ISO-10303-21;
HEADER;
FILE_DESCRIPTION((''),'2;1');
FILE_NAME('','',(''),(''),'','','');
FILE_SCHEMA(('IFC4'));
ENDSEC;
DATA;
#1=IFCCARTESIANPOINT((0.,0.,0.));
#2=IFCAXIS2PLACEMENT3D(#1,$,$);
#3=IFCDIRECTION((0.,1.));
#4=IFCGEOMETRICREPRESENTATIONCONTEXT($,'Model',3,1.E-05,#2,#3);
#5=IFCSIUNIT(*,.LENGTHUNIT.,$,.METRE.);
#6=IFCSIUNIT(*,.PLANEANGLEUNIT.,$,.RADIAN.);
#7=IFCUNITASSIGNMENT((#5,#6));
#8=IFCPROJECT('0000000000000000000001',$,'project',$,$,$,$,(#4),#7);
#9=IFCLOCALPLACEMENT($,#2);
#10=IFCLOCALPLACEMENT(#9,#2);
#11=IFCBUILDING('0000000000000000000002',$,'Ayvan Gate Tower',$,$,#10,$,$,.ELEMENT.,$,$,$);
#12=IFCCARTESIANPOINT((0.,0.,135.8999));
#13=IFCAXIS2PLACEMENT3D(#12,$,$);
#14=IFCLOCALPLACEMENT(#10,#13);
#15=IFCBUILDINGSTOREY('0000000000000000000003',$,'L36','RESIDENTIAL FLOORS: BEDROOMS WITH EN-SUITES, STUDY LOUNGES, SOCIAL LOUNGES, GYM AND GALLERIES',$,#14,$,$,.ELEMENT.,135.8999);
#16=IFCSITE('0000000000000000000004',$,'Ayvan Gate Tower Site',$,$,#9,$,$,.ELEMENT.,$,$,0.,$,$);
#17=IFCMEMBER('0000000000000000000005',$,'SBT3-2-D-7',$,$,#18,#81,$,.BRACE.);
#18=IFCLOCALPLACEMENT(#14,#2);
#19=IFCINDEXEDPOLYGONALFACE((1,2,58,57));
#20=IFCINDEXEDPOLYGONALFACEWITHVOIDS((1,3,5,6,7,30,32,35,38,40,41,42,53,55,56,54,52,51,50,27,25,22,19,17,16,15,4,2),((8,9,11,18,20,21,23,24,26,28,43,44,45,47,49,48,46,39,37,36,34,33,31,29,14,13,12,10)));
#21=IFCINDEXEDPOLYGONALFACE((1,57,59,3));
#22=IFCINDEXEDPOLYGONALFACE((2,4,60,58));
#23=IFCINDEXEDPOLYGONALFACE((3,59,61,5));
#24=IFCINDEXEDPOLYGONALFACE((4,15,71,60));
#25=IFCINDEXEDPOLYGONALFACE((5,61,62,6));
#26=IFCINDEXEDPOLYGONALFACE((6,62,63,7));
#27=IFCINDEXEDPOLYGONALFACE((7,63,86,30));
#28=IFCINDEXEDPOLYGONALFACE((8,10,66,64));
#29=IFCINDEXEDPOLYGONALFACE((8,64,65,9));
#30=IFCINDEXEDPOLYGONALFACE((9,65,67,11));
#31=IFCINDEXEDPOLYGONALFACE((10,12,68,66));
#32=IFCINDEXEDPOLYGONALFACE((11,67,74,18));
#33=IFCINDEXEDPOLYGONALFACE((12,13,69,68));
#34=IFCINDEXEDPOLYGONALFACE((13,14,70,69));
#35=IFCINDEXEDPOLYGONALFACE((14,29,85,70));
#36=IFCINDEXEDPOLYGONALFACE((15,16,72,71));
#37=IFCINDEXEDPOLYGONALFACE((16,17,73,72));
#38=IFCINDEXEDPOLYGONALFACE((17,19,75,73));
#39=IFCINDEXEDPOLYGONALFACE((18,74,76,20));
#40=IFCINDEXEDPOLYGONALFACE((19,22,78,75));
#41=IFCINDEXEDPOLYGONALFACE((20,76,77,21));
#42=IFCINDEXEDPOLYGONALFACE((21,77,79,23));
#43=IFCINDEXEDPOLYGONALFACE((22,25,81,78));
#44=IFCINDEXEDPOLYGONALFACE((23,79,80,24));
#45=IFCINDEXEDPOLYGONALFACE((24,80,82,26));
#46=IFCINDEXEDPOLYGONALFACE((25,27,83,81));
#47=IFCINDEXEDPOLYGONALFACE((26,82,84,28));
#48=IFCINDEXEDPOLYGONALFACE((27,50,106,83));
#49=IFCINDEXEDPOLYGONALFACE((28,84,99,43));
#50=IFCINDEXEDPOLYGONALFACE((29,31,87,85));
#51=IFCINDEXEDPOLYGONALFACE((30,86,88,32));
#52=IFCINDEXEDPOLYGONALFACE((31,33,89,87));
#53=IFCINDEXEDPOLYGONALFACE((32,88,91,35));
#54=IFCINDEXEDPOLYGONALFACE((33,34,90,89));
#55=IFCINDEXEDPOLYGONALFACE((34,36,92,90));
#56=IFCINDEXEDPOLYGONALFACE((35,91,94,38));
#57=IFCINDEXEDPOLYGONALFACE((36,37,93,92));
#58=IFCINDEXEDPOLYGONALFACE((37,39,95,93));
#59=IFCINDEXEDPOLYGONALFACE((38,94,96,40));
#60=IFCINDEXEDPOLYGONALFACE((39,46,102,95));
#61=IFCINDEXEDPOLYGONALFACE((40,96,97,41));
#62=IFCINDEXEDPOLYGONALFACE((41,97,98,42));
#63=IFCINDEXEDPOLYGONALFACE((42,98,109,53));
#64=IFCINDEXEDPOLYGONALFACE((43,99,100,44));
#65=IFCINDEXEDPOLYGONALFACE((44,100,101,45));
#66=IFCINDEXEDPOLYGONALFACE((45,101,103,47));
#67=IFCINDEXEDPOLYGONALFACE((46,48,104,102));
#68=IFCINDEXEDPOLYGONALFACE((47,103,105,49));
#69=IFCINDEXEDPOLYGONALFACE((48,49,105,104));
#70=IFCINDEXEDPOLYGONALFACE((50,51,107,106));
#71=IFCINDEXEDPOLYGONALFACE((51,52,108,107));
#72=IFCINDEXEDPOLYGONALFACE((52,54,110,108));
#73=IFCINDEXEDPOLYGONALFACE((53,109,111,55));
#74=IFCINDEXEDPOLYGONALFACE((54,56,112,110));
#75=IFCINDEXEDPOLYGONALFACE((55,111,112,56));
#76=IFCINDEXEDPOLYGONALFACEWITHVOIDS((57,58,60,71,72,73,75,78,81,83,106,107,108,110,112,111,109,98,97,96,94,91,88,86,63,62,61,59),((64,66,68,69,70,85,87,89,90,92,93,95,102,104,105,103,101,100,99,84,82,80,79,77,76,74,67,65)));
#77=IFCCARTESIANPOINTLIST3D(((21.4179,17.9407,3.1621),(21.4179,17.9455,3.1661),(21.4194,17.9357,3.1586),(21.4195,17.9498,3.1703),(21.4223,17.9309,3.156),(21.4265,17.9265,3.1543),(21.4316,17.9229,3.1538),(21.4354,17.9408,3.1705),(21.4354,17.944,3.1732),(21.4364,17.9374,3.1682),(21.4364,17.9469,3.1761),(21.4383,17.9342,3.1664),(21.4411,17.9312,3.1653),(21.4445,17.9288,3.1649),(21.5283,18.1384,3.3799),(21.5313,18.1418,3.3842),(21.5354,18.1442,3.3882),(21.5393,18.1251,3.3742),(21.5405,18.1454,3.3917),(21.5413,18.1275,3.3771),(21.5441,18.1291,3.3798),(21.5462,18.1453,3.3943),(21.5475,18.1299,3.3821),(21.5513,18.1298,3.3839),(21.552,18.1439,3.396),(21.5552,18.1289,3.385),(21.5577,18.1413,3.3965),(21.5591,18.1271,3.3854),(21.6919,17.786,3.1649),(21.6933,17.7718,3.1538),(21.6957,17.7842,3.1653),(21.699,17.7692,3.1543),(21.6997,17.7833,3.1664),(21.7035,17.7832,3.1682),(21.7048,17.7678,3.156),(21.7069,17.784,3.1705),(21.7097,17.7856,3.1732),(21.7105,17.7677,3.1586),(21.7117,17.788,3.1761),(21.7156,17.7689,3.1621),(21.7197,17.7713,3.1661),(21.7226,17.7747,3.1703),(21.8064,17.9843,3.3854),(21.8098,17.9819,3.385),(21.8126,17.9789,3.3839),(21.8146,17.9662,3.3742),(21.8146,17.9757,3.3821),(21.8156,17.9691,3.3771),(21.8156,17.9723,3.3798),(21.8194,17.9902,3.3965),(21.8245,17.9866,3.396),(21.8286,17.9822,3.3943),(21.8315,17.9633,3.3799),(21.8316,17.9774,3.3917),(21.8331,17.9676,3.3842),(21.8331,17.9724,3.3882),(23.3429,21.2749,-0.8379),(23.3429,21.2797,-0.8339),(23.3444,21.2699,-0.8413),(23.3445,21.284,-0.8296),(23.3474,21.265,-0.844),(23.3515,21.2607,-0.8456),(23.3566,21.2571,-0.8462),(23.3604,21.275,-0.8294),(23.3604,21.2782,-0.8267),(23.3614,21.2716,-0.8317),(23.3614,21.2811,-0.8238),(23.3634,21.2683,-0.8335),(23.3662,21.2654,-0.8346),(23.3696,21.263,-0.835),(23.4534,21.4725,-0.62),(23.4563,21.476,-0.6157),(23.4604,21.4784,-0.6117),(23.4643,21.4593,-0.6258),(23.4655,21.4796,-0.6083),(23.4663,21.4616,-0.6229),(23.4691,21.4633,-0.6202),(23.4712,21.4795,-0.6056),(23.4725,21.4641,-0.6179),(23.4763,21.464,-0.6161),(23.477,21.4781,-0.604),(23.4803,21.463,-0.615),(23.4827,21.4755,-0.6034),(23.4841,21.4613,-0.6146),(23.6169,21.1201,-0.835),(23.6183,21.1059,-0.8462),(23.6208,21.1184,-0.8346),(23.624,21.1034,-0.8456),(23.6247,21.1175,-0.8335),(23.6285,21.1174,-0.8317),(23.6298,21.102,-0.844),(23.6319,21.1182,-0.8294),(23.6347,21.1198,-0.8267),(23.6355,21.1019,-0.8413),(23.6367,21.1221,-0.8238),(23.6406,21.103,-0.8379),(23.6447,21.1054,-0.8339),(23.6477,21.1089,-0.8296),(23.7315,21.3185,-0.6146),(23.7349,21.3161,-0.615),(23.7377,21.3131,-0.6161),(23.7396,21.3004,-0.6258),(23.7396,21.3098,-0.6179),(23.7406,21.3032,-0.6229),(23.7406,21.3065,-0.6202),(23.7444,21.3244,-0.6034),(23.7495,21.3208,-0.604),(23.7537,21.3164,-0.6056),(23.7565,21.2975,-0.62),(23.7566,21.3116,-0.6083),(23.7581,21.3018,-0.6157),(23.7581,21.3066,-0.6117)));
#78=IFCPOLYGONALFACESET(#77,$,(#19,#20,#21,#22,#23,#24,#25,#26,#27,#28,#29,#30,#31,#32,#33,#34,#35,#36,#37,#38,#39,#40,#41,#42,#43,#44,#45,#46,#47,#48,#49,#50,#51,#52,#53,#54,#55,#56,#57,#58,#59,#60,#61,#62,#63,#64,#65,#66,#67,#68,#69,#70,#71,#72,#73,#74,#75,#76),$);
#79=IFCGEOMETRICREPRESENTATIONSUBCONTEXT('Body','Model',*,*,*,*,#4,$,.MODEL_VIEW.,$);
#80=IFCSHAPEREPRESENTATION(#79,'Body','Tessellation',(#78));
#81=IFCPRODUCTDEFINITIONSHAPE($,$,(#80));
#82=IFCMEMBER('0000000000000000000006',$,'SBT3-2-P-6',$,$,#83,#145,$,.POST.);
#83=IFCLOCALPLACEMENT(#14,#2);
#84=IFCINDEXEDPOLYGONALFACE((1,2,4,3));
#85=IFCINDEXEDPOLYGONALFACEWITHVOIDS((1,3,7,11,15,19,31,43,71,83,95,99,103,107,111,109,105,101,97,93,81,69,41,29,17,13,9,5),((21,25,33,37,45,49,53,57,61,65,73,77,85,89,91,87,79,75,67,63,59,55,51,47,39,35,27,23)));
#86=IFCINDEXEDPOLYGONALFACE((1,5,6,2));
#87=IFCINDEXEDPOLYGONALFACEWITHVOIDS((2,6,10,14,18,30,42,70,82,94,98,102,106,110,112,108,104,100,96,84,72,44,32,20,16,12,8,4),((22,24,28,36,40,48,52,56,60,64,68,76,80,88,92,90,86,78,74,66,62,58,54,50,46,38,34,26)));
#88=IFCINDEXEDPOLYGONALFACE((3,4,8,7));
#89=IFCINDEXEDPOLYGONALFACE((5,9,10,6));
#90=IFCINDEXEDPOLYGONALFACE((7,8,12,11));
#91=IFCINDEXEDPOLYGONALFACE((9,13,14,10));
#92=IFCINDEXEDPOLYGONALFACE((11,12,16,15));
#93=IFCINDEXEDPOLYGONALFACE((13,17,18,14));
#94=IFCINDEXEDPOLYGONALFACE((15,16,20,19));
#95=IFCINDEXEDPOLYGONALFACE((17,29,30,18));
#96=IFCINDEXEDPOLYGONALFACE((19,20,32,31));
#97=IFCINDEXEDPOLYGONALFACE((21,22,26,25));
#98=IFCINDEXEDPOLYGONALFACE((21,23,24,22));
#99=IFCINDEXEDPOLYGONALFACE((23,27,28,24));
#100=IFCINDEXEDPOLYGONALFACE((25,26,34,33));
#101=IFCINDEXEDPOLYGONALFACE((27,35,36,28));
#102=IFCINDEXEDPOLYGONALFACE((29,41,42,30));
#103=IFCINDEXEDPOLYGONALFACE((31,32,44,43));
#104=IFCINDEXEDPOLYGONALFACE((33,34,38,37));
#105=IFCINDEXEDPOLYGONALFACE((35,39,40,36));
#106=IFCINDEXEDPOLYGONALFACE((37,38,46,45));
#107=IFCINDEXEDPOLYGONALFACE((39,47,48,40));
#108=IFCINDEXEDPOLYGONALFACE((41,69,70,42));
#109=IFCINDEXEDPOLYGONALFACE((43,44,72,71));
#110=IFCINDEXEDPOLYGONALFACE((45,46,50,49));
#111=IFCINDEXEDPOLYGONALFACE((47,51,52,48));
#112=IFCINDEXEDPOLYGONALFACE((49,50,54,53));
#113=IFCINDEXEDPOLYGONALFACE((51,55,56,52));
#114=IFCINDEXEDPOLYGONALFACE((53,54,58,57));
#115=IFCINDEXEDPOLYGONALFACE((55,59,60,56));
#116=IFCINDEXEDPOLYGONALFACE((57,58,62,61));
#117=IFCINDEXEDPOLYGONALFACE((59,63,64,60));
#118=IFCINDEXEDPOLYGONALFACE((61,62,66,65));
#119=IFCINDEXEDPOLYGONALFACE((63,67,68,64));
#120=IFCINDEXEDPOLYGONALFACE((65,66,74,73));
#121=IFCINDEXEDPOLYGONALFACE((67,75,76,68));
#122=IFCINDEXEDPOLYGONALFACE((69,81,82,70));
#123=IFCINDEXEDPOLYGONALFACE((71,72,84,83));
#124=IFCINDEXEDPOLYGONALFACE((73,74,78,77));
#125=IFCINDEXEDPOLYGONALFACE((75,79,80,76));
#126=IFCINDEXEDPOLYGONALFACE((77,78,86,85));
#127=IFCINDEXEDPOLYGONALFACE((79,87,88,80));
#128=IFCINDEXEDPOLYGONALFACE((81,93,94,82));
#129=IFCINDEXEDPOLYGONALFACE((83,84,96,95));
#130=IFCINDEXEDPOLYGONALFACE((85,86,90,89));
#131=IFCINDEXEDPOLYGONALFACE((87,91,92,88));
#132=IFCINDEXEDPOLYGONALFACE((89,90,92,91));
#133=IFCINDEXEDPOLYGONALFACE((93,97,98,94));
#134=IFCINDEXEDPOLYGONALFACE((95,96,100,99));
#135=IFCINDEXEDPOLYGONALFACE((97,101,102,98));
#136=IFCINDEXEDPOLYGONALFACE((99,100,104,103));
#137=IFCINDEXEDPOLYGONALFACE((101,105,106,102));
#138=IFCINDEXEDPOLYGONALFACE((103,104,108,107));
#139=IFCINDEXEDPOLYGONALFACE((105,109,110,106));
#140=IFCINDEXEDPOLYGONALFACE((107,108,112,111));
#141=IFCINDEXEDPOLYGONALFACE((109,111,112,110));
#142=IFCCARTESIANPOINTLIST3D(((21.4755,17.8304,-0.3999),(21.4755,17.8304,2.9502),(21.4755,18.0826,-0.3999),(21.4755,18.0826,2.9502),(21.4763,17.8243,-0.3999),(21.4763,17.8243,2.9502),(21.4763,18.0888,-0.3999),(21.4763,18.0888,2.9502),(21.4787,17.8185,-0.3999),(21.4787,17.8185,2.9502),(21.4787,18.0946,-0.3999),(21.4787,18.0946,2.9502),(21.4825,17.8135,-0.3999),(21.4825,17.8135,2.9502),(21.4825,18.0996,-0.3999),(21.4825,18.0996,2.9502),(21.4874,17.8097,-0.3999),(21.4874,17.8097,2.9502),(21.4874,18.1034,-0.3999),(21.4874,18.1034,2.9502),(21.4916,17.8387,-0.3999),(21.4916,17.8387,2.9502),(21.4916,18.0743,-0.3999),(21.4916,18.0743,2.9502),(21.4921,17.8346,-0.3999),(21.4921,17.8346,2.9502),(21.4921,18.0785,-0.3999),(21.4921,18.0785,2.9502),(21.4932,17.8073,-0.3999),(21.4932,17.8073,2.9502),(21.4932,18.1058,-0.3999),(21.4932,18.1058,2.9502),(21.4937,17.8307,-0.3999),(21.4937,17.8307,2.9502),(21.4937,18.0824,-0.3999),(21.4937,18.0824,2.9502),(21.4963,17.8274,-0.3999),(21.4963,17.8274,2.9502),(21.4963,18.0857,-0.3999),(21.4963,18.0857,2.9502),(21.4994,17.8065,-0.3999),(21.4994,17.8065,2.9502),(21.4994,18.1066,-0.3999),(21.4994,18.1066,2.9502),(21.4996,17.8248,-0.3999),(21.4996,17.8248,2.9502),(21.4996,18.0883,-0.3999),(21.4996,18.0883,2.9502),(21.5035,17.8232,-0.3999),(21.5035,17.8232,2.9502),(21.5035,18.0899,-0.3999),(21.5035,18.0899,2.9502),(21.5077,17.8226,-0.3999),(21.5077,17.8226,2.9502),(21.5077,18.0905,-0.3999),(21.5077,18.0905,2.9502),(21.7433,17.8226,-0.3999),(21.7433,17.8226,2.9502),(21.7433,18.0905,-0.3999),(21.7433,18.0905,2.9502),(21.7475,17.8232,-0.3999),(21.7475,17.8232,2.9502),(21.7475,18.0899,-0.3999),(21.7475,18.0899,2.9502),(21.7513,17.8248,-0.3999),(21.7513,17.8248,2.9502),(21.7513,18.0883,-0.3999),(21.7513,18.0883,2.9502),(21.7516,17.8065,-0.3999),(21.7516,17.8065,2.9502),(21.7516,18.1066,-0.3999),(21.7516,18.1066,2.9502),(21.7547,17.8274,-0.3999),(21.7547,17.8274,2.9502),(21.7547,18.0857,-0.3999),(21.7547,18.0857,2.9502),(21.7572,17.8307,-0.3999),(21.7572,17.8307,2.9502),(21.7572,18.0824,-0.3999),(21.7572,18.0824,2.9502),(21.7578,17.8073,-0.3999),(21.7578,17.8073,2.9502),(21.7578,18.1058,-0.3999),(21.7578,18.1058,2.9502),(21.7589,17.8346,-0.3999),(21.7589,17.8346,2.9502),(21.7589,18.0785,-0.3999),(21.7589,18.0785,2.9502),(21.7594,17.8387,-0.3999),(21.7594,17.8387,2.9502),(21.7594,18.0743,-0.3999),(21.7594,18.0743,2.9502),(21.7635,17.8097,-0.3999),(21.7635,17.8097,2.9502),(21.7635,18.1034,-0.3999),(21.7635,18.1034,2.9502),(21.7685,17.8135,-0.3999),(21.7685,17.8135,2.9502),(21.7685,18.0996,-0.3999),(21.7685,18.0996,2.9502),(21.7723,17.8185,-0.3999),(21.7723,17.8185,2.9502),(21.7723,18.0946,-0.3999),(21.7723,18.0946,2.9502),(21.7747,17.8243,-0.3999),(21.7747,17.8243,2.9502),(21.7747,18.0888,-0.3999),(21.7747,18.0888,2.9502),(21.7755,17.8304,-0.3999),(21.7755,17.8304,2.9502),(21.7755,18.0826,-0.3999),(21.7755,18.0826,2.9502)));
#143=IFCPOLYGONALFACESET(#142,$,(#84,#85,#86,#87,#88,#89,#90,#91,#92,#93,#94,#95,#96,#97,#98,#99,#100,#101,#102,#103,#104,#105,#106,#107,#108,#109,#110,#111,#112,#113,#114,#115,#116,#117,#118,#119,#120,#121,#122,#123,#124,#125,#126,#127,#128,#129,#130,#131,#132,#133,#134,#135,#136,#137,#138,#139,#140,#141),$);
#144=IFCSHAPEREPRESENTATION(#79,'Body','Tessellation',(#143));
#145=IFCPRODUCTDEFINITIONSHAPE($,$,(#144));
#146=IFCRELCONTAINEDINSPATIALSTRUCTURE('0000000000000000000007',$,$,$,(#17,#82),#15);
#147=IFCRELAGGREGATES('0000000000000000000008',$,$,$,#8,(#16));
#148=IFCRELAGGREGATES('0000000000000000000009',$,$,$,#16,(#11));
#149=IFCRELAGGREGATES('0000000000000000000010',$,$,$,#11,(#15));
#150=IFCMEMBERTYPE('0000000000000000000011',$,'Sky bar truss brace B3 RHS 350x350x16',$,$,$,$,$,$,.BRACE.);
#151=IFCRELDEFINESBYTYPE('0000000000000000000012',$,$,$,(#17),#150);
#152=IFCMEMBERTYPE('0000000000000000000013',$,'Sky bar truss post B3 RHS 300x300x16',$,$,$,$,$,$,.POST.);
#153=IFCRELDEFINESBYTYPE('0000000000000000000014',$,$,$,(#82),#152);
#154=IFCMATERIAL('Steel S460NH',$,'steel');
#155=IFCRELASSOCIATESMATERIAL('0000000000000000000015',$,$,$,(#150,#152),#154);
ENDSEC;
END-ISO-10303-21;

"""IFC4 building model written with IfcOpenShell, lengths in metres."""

from ifc_helpers import new_model, si_unit, direction, frame, origin, origin_2d, place, context, subcontext, project, spatial, hollow_rectangle, extrude, material, material_profile, profile_set, type_object, element, save


model = new_model("IFC4")

# Units and contexts
model_context = context("Model", 3, precision=1e-05, world=origin(), true_north=direction((0.0, 1.0)))
body_context = subcontext(model_context, "Body", "Model", "MODEL_VIEW")
ifc_project = project(units=[si_unit("LENGTHUNIT", "METRE"), si_unit("PLANEANGLEUNIT", "RADIAN")], contexts=[model_context])

# Site, building, storey
site_placement = place(None, origin())
site = spatial("IfcSite", under=ifc_project, at=site_placement, Name="Ayvan Gate Tower Site", CompositionType="ELEMENT", RefElevation=0.0)
building_placement = place(site_placement, origin())
building = spatial("IfcBuilding", under=site, at=building_placement, Name="Ayvan Gate Tower", CompositionType="ELEMENT")
storey_placement = place(building_placement, frame((0.0, 0.0, 135.8999)))
storey = spatial("IfcBuildingStorey", under=building, at=storey_placement, Name="L36", Description="RESIDENTIAL FLOORS: BEDROOMS WITH EN-SUITES, STUDY LOUNGES, SOCIAL LOUNGES, GYM AND GALLERIES", CompositionType="ELEMENT", Elevation=135.8999)

# Members
ifc_material_1 = material(Name="Steel S460NH", Category="steel")
ifc_material_profile_1 = material_profile(ifc_material_1, hollow_rectangle(XDim=0.3501, YDim=0.3501, WallThickness=0.0161, InnerFilletRadius=0.0161, OuterFilletRadius=0.0239, at=origin_2d()), Name="RHS 350x350x16")
ifc_profile_set_1 = profile_set([ifc_material_profile_1], Name="Steel S460NH")
member_type_1 = type_object("IfcMemberType", Name="Sky bar truss brace B3 RHS 350x350x16", PredefinedType="BRACE", material=ifc_profile_set_1)
member_1_placement = place(storey_placement, frame((21.6255, 17.9565, 3.2751), z_axis=(0.346741, 0.600563, -0.720482), x_axis=(-0.866022, 0.500006, 0.0)))
element("IfcMember", 1, at=member_1_placement, inside=storey, type_object=member_type_1, Name="SBT3-2-D-7", PredefinedType="BRACE", context=body_context, shape_type="SweptSolid", body=[
    extrude(hollow_rectangle(XDim=0.3501, YDim=0.3501, WallThickness=0.0161, InnerFilletRadius=0.0161, OuterFilletRadius=0.0239, at=origin_2d()), origin(), (0.0, 0.0, 1.0), 5.5518),
])
ifc_material_profile_2 = material_profile(ifc_material_1, hollow_rectangle(XDim=0.3, YDim=0.3, WallThickness=0.0161, InnerFilletRadius=0.0161, OuterFilletRadius=0.0239, at=origin_2d()), Name="RHS 300x300x16")
ifc_profile_set_2 = profile_set([ifc_material_profile_2], Name="Steel S460NH")
member_type_2 = type_object("IfcMemberType", Name="Sky bar truss post B3 RHS 300x300x16", PredefinedType="POST", material=ifc_profile_set_2)
for number, where, z_axis, x_axis, name in (
    (2, (21.6255, 17.9565, -0.3999), (0.0, 0.0, 1.0), (1.0, 0.0, 0.0), "SBT3-2-P-6"),
):
    element("IfcMember", number, at=place(storey_placement, frame(where, z_axis=z_axis, x_axis=x_axis)), inside=storey, type_object=member_type_2, Name=name, PredefinedType="POST", context=body_context, shape_type="SweptSolid", body=[
        extrude(hollow_rectangle(XDim=0.3, YDim=0.3, WallThickness=0.0161, InnerFilletRadius=0.0161, OuterFilletRadius=0.0239, at=origin_2d()), origin(), (0.0, 0.0, 1.0), 3.3501),
    ])

save(model, "model.ifc")
